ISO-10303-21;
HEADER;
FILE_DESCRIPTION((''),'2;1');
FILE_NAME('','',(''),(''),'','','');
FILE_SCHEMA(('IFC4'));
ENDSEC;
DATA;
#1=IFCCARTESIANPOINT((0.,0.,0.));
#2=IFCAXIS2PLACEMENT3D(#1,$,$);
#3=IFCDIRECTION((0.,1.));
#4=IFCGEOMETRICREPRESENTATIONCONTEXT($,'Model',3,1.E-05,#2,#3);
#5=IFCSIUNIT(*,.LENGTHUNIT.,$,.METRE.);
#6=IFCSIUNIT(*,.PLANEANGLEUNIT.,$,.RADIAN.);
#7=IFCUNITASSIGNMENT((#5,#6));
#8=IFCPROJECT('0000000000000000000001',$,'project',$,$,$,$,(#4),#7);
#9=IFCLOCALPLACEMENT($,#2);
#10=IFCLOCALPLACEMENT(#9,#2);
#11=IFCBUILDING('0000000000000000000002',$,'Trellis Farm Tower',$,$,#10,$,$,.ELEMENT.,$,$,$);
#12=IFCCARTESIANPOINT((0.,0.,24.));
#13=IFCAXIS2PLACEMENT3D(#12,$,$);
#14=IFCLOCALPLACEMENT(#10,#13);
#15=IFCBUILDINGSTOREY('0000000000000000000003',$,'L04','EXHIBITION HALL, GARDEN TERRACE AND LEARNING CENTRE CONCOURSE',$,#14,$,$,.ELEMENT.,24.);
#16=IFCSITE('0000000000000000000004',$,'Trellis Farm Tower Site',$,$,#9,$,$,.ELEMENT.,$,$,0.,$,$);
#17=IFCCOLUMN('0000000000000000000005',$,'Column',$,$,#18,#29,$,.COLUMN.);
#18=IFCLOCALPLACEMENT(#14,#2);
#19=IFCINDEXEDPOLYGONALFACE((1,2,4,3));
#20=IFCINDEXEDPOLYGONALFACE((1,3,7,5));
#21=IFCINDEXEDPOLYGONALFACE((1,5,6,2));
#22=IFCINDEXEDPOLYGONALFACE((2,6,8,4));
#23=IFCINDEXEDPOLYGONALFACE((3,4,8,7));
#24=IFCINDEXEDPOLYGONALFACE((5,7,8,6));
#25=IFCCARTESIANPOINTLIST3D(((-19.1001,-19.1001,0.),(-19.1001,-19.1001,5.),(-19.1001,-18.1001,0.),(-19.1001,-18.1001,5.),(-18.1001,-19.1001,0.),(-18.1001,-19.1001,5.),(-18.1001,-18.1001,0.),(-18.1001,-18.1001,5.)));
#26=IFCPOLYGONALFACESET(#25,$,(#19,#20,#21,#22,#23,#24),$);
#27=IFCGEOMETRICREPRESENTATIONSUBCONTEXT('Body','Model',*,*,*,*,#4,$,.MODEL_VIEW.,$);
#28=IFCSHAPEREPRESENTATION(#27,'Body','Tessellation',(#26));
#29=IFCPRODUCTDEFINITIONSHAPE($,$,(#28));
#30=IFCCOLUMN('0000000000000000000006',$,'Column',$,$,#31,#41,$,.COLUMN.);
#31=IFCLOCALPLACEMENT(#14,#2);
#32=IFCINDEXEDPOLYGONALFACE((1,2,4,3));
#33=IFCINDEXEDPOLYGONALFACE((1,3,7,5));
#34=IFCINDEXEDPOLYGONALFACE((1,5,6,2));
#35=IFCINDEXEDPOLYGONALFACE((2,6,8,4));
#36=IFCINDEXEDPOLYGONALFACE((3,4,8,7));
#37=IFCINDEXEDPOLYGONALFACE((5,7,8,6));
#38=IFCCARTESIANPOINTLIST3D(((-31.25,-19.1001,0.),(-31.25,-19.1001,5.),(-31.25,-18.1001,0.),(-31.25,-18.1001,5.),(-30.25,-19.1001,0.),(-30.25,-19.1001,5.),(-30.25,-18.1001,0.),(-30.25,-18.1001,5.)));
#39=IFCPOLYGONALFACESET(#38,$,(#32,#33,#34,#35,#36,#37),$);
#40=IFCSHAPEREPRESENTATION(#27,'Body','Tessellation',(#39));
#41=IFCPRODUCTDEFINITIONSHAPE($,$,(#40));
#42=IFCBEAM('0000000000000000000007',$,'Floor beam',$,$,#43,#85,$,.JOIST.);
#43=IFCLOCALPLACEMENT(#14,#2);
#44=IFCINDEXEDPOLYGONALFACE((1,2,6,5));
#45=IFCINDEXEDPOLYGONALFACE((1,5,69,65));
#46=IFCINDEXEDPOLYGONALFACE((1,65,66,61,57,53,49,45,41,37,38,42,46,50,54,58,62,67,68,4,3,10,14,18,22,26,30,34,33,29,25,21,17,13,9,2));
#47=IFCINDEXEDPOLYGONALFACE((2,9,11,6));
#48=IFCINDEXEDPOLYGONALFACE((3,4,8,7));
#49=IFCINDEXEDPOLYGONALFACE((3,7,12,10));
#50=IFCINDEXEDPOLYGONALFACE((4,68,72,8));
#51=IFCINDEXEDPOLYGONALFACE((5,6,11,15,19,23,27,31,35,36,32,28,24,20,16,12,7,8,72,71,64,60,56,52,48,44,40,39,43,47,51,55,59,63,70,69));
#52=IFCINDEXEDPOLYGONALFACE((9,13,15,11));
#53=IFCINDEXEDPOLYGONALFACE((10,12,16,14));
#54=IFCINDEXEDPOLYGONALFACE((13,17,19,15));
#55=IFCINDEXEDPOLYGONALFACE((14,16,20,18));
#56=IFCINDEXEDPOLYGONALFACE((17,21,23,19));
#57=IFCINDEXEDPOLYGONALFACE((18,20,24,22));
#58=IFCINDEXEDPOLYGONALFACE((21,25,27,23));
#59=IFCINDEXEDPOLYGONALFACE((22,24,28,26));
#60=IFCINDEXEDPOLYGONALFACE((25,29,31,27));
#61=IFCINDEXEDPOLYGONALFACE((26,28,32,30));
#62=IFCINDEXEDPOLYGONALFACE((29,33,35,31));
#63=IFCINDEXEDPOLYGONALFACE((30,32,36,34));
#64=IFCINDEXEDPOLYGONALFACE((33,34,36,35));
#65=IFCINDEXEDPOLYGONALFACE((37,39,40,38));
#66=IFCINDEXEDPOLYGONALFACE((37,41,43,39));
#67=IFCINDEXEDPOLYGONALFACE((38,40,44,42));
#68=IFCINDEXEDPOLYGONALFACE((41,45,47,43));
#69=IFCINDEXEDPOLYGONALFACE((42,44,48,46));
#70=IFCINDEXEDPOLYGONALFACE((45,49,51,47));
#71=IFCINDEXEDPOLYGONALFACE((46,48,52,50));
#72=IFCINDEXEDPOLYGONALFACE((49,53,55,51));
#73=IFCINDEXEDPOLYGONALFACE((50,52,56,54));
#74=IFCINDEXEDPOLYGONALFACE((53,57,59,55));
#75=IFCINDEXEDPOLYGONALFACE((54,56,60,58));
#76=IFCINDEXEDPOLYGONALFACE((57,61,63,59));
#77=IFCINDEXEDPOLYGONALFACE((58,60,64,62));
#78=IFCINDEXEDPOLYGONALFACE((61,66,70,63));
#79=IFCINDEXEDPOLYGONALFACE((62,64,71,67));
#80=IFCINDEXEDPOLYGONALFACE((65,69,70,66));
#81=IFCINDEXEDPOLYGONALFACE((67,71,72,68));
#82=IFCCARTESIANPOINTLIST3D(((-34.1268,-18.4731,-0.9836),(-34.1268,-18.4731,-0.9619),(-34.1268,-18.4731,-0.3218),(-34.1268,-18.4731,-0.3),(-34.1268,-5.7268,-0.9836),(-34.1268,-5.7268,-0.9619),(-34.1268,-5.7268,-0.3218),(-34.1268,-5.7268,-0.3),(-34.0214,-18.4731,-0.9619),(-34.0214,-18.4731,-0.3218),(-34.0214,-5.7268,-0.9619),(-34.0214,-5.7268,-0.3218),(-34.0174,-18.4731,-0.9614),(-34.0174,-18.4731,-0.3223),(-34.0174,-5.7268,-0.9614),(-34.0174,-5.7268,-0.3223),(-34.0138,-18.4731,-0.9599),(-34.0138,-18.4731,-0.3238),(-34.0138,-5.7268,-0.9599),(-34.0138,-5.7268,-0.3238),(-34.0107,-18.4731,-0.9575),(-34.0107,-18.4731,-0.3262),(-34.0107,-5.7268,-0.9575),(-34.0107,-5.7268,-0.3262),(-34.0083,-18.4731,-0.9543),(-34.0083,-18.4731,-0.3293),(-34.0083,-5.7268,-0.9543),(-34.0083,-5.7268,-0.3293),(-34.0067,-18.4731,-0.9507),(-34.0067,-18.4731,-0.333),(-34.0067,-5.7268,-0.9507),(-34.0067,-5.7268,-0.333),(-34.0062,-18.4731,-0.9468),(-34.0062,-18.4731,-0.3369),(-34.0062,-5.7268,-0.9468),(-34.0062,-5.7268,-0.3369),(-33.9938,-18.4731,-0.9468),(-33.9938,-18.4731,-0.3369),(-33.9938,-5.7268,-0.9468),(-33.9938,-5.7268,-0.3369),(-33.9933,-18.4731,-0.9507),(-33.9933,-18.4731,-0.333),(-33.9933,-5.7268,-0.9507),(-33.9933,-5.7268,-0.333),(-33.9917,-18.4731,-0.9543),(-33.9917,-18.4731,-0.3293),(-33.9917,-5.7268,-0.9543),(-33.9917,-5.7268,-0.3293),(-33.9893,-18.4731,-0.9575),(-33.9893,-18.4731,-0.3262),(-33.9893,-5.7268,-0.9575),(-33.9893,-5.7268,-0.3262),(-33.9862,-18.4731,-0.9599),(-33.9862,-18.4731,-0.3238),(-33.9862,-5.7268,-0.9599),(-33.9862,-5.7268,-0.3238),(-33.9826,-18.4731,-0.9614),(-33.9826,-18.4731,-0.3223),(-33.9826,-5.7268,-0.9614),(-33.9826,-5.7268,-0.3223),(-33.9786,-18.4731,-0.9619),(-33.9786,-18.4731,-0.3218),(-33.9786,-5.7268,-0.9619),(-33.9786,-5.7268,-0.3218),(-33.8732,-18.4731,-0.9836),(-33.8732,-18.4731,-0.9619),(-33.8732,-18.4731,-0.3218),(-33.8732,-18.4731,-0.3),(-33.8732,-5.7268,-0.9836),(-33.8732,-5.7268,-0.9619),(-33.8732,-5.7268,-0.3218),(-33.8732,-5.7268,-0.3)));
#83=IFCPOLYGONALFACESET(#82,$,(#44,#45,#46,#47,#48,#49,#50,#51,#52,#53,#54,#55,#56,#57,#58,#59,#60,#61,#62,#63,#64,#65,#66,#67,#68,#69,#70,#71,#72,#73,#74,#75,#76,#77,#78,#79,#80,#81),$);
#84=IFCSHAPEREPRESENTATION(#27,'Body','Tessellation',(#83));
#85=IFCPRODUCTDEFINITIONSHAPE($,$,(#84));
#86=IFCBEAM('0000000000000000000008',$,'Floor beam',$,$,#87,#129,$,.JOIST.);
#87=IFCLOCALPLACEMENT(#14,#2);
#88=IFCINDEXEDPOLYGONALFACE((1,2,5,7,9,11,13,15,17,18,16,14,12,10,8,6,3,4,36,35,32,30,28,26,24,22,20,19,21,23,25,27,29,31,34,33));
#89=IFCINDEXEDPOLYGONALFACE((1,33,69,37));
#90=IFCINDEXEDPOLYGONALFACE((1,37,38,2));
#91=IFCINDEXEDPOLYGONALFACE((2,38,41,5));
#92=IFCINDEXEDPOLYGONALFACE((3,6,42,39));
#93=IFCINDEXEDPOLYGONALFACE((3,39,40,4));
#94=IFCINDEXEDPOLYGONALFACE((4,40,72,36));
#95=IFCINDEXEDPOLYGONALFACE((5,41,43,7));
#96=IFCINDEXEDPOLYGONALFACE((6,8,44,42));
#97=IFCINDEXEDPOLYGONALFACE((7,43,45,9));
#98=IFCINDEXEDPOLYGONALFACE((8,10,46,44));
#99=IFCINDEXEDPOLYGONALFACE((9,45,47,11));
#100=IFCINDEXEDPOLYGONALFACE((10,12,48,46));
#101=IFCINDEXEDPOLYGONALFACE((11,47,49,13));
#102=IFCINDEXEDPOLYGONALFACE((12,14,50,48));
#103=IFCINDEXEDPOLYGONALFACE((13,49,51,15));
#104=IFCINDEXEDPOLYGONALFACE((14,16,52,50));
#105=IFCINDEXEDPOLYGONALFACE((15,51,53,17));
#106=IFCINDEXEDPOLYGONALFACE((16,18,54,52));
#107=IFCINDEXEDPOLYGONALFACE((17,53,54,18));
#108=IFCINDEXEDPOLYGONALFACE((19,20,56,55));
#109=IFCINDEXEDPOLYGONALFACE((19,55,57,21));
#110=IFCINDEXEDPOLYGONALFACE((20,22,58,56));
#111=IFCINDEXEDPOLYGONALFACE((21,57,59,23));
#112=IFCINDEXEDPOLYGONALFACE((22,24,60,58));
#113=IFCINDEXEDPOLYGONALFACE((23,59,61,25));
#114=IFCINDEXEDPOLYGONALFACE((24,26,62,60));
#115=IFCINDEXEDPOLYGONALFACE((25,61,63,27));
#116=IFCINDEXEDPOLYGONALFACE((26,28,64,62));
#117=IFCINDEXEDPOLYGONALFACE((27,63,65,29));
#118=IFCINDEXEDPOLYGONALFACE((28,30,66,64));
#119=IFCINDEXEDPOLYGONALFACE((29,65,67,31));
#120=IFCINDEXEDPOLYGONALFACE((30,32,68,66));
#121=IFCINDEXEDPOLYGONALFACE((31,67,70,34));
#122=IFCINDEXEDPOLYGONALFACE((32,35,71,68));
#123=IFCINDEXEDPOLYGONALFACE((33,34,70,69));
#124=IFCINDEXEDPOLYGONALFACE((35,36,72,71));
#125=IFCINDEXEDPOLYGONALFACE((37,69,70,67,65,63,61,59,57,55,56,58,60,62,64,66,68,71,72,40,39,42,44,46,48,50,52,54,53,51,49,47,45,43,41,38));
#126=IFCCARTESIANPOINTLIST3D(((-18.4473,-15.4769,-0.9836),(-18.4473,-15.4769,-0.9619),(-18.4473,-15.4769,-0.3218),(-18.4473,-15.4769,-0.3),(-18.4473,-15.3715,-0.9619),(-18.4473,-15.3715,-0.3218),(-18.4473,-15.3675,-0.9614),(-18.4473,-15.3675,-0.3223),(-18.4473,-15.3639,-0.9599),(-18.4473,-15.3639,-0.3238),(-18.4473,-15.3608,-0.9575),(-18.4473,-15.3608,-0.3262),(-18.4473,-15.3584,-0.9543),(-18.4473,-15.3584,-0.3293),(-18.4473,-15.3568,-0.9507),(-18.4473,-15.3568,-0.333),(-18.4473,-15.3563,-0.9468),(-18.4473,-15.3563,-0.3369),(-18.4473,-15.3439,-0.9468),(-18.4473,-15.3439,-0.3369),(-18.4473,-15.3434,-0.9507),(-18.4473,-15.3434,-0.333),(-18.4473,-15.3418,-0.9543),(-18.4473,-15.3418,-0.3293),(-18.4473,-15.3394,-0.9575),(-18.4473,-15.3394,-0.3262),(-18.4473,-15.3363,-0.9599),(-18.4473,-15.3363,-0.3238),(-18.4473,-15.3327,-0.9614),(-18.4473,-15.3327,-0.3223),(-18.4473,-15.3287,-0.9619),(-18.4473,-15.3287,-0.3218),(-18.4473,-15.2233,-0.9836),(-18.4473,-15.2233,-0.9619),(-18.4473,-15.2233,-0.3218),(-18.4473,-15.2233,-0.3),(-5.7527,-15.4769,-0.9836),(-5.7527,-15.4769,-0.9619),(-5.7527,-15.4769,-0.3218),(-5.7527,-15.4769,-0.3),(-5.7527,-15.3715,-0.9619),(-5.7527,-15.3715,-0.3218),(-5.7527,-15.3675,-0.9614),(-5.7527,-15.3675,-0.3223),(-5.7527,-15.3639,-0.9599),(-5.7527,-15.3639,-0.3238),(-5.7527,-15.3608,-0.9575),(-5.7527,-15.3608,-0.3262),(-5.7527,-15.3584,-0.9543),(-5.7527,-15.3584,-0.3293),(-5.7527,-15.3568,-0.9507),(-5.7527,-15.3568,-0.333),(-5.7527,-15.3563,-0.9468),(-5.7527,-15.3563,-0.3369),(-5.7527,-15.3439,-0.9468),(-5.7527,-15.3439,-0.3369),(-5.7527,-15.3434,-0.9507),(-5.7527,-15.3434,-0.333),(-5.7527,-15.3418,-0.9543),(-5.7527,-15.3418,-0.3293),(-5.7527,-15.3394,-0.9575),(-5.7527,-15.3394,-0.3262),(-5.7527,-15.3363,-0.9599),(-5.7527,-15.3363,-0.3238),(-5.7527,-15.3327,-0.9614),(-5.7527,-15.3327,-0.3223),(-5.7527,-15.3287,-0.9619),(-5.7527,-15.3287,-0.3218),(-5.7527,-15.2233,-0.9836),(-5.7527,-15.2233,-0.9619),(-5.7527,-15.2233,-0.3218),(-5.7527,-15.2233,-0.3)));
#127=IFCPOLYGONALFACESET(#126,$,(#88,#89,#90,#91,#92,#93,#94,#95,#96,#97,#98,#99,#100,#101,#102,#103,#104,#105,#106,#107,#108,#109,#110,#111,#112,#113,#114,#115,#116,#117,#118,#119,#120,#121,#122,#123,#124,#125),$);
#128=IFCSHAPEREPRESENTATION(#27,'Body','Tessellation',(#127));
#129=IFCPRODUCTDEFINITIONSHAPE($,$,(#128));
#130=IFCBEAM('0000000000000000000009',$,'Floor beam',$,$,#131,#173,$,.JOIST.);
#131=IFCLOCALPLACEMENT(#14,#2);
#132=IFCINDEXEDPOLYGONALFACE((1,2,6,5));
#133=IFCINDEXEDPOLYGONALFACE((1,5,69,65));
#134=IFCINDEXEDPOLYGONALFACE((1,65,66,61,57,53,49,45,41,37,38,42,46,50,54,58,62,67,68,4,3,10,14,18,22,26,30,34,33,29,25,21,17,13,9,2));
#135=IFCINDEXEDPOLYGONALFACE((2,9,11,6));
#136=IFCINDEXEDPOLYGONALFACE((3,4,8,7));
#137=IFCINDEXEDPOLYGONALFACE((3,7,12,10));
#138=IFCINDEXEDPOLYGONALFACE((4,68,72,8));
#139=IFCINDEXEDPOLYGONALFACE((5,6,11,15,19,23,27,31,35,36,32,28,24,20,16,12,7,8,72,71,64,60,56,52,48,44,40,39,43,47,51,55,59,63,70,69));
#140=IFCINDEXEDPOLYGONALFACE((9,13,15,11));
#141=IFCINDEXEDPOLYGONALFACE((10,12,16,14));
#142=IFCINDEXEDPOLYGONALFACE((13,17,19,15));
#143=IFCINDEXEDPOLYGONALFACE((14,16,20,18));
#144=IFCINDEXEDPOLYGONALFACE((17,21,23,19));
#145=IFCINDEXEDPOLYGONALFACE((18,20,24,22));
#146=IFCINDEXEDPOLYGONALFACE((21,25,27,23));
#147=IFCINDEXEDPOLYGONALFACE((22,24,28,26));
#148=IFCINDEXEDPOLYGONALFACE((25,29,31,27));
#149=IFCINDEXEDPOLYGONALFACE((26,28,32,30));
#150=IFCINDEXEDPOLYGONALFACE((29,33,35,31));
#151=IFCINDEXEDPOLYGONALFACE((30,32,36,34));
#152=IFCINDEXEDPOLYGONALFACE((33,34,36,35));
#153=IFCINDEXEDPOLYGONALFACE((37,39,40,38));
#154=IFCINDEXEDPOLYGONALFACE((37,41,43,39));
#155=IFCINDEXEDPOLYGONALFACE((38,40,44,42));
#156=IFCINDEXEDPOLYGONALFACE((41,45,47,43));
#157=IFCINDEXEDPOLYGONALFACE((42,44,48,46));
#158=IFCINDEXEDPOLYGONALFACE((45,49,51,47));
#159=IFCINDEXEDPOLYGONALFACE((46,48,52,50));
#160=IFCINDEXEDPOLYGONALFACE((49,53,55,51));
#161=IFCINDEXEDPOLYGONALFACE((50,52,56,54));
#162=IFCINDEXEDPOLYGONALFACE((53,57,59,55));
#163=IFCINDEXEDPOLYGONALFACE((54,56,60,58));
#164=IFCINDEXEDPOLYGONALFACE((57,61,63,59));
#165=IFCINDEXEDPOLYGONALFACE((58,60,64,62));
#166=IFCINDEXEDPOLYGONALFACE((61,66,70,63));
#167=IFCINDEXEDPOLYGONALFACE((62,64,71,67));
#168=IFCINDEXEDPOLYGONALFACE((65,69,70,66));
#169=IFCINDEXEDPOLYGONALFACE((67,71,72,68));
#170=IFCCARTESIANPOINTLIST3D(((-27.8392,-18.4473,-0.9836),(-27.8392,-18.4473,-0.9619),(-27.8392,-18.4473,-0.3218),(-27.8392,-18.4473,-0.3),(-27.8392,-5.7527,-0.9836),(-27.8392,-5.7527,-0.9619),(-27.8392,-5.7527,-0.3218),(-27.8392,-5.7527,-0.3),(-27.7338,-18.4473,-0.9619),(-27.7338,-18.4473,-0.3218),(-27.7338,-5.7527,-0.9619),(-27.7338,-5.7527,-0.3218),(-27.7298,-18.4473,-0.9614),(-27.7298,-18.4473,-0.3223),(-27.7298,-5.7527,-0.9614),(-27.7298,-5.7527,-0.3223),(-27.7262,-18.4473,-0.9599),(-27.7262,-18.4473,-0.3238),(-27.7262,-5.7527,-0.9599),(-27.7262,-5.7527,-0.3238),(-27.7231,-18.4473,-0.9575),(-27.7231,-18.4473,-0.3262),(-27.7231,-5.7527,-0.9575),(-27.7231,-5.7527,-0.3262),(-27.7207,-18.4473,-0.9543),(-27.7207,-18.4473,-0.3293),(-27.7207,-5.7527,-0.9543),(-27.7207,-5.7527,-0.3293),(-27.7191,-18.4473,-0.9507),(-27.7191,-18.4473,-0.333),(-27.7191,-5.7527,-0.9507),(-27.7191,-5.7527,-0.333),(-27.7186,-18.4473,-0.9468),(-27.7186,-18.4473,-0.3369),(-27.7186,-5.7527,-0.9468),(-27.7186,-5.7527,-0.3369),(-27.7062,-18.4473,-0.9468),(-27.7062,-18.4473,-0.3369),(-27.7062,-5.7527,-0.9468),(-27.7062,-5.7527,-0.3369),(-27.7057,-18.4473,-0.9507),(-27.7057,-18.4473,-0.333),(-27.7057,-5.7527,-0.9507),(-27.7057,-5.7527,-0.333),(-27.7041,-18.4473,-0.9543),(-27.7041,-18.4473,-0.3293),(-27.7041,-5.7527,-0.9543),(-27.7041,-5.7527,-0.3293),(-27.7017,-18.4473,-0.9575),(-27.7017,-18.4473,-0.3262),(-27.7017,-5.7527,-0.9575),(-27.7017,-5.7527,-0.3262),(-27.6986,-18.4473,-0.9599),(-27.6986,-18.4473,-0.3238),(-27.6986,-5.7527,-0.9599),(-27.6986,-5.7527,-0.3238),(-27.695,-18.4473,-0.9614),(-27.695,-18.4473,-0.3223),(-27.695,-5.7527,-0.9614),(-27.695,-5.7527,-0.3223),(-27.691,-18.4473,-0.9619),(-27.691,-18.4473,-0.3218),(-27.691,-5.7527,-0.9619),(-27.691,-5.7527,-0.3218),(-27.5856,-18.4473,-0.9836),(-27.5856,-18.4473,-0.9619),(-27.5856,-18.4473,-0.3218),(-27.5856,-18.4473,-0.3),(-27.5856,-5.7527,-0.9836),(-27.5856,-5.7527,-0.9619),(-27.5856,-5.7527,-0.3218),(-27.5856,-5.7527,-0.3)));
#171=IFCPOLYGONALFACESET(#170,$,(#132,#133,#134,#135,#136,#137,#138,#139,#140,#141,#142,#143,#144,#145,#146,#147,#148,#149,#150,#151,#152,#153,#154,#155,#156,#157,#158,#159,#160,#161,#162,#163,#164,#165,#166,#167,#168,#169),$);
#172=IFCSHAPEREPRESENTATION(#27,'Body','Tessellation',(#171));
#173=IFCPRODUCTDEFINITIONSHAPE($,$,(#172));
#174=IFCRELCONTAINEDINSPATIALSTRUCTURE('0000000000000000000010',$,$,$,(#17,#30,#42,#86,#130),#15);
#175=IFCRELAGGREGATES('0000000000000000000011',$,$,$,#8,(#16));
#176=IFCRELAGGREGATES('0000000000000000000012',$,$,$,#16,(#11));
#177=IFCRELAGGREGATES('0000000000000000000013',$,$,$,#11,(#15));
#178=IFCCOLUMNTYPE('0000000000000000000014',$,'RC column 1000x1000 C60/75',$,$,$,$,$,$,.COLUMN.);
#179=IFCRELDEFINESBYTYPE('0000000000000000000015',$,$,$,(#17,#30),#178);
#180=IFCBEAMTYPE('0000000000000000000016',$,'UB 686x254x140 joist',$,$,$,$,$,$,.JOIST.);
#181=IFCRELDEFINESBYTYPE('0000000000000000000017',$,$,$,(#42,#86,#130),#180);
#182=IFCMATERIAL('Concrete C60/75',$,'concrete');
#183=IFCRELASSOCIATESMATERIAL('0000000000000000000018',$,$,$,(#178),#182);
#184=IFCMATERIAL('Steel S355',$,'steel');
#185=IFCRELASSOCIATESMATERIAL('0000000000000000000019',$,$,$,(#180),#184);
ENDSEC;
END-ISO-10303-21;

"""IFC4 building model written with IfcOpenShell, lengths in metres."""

from ifc_helpers import new_model, si_unit, direction, frame, origin, origin_2d, place, context, subcontext, project, spatial, rectangle, i_section, extrude, source, transform, mapped, material, material_profile, profile_set, type_object, element, save


model = new_model("IFC4")

# Units and contexts
model_context = context("Model", 3, precision=1e-05, world=origin(), true_north=direction((0.0, 1.0)))
body_context = subcontext(model_context, "Body", "Model", "MODEL_VIEW")
ifc_project = project(units=[si_unit("LENGTHUNIT", "METRE"), si_unit("PLANEANGLEUNIT", "RADIAN")], contexts=[model_context])

# Site, building, storey
site_placement = place(None, origin())
site = spatial("IfcSite", under=ifc_project, at=site_placement, Name="Trellis Farm Tower Site", CompositionType="ELEMENT", RefElevation=0.0)
building_placement = place(site_placement, origin())
building = spatial("IfcBuilding", under=site, at=building_placement, Name="Trellis Farm Tower", CompositionType="ELEMENT")
storey_placement = place(building_placement, frame((0.0, 0.0, 24.0)))
storey = spatial("IfcBuildingStorey", under=building, at=storey_placement, Name="L04", Description="EXHIBITION HALL, GARDEN TERRACE AND LEARNING CENTRE CONCOURSE", CompositionType="ELEMENT", Elevation=24.0)

# Columns
ifc_material_1 = material(Name="Concrete C60/75", Category="concrete")
ifc_material_profile_1 = material_profile(ifc_material_1, rectangle(XDim=1.0, YDim=1.0, at=origin_2d()), Name="RC column 1000x1000 C60/75")
ifc_profile_set_1 = profile_set([ifc_material_profile_1], Name="Concrete C60/75")
column_type = type_object("IfcColumnType", Name="RC column 1000x1000 C60/75", PredefinedType="COLUMN", material=ifc_profile_set_1)
shared_shape_1 = source(origin(), body_context, "Body", "SweptSolid", [
    extrude(rectangle(XDim=1.0, YDim=1.0, at=origin_2d()), origin(), (0.0, 0.0, 1.0), 5.0),
])
for number, where, z_axis, x_axis, name in (
    (1, (-18.6001, -18.6001, 0.0), (0.0, 0.0, 1.0), (1.0, 0.0, 0.0), "Column"),
    (2, (-30.75, -18.6001, 0.0), (0.0, 0.0, 1.0), (1.0, 0.0, 0.0), "Column"),
):
    element("IfcColumn", number, at=place(storey_placement, frame(where, z_axis=z_axis, x_axis=x_axis)), inside=storey, type_object=column_type, Name=name, PredefinedType="COLUMN", context=body_context, shape_type="MappedRepresentation", body=[
        mapped(shared_shape_1, transform((0.0, 0.0, 0.0))),
    ])

# Beams
ifc_material_2 = material(Name="Steel S355", Category="steel")
ifc_material_profile_2 = material_profile(ifc_material_2, i_section(OverallWidth=0.2537, OverallDepth=0.6836, WebThickness=0.0125, FlangeThickness=0.0217, FilletRadius=0.0151, at=origin_2d()), Name="UB 686x254x140")
ifc_profile_set_2 = profile_set([ifc_material_profile_2], Name="Steel S355")
beam_type_1 = type_object("IfcBeamType", Name="UB 686x254x140 joist", PredefinedType="JOIST", material=ifc_profile_set_2)
shared_shape_2 = source(origin(), body_context, "Body", "SweptSolid", [
    extrude(i_section(OverallWidth=0.2537, OverallDepth=0.6836, WebThickness=0.0125, FlangeThickness=0.0217, FilletRadius=0.0151, at=origin_2d()), origin(), (0.0, 0.0, 1.0), 12.7463),
])
beam_1_placement = place(storey_placement, frame((-34.0, -18.4731, -0.6418), z_axis=(0.0, 1.0, 0.0), x_axis=(-1.0, 0.0, 0.0)))
element("IfcBeam", 3, at=beam_1_placement, inside=storey, type_object=beam_type_1, Name="Floor beam", PredefinedType="JOIST", context=body_context, shape_type="MappedRepresentation", body=[
    mapped(shared_shape_2, transform((0.0, 0.0, 0.0))),
])
shared_shape_3 = source(origin(), body_context, "Body", "SweptSolid", [
    extrude(i_section(OverallWidth=0.2537, OverallDepth=0.6836, WebThickness=0.0125, FlangeThickness=0.0217, FilletRadius=0.0151, at=origin_2d()), origin(), (0.0, 0.0, 1.0), 12.6946),
])
for number, where, z_axis, x_axis, name in (
    (4, (-18.4473, -15.3501, -0.6418), (1.0, 0.0, 0.0), (0.0, 1.0, 0.0), "Floor beam"),
    (5, (-27.7124, -18.4473, -0.6418), (0.0, 1.0, 0.0), (-1.0, 0.0, 0.0), "Floor beam"),
):
    element("IfcBeam", number, at=place(storey_placement, frame(where, z_axis=z_axis, x_axis=x_axis)), inside=storey, type_object=beam_type_1, Name=name, PredefinedType="JOIST", context=body_context, shape_type="MappedRepresentation", body=[
        mapped(shared_shape_3, transform((0.0, 0.0, 0.0))),
    ])

save(model, "model.ifc")
